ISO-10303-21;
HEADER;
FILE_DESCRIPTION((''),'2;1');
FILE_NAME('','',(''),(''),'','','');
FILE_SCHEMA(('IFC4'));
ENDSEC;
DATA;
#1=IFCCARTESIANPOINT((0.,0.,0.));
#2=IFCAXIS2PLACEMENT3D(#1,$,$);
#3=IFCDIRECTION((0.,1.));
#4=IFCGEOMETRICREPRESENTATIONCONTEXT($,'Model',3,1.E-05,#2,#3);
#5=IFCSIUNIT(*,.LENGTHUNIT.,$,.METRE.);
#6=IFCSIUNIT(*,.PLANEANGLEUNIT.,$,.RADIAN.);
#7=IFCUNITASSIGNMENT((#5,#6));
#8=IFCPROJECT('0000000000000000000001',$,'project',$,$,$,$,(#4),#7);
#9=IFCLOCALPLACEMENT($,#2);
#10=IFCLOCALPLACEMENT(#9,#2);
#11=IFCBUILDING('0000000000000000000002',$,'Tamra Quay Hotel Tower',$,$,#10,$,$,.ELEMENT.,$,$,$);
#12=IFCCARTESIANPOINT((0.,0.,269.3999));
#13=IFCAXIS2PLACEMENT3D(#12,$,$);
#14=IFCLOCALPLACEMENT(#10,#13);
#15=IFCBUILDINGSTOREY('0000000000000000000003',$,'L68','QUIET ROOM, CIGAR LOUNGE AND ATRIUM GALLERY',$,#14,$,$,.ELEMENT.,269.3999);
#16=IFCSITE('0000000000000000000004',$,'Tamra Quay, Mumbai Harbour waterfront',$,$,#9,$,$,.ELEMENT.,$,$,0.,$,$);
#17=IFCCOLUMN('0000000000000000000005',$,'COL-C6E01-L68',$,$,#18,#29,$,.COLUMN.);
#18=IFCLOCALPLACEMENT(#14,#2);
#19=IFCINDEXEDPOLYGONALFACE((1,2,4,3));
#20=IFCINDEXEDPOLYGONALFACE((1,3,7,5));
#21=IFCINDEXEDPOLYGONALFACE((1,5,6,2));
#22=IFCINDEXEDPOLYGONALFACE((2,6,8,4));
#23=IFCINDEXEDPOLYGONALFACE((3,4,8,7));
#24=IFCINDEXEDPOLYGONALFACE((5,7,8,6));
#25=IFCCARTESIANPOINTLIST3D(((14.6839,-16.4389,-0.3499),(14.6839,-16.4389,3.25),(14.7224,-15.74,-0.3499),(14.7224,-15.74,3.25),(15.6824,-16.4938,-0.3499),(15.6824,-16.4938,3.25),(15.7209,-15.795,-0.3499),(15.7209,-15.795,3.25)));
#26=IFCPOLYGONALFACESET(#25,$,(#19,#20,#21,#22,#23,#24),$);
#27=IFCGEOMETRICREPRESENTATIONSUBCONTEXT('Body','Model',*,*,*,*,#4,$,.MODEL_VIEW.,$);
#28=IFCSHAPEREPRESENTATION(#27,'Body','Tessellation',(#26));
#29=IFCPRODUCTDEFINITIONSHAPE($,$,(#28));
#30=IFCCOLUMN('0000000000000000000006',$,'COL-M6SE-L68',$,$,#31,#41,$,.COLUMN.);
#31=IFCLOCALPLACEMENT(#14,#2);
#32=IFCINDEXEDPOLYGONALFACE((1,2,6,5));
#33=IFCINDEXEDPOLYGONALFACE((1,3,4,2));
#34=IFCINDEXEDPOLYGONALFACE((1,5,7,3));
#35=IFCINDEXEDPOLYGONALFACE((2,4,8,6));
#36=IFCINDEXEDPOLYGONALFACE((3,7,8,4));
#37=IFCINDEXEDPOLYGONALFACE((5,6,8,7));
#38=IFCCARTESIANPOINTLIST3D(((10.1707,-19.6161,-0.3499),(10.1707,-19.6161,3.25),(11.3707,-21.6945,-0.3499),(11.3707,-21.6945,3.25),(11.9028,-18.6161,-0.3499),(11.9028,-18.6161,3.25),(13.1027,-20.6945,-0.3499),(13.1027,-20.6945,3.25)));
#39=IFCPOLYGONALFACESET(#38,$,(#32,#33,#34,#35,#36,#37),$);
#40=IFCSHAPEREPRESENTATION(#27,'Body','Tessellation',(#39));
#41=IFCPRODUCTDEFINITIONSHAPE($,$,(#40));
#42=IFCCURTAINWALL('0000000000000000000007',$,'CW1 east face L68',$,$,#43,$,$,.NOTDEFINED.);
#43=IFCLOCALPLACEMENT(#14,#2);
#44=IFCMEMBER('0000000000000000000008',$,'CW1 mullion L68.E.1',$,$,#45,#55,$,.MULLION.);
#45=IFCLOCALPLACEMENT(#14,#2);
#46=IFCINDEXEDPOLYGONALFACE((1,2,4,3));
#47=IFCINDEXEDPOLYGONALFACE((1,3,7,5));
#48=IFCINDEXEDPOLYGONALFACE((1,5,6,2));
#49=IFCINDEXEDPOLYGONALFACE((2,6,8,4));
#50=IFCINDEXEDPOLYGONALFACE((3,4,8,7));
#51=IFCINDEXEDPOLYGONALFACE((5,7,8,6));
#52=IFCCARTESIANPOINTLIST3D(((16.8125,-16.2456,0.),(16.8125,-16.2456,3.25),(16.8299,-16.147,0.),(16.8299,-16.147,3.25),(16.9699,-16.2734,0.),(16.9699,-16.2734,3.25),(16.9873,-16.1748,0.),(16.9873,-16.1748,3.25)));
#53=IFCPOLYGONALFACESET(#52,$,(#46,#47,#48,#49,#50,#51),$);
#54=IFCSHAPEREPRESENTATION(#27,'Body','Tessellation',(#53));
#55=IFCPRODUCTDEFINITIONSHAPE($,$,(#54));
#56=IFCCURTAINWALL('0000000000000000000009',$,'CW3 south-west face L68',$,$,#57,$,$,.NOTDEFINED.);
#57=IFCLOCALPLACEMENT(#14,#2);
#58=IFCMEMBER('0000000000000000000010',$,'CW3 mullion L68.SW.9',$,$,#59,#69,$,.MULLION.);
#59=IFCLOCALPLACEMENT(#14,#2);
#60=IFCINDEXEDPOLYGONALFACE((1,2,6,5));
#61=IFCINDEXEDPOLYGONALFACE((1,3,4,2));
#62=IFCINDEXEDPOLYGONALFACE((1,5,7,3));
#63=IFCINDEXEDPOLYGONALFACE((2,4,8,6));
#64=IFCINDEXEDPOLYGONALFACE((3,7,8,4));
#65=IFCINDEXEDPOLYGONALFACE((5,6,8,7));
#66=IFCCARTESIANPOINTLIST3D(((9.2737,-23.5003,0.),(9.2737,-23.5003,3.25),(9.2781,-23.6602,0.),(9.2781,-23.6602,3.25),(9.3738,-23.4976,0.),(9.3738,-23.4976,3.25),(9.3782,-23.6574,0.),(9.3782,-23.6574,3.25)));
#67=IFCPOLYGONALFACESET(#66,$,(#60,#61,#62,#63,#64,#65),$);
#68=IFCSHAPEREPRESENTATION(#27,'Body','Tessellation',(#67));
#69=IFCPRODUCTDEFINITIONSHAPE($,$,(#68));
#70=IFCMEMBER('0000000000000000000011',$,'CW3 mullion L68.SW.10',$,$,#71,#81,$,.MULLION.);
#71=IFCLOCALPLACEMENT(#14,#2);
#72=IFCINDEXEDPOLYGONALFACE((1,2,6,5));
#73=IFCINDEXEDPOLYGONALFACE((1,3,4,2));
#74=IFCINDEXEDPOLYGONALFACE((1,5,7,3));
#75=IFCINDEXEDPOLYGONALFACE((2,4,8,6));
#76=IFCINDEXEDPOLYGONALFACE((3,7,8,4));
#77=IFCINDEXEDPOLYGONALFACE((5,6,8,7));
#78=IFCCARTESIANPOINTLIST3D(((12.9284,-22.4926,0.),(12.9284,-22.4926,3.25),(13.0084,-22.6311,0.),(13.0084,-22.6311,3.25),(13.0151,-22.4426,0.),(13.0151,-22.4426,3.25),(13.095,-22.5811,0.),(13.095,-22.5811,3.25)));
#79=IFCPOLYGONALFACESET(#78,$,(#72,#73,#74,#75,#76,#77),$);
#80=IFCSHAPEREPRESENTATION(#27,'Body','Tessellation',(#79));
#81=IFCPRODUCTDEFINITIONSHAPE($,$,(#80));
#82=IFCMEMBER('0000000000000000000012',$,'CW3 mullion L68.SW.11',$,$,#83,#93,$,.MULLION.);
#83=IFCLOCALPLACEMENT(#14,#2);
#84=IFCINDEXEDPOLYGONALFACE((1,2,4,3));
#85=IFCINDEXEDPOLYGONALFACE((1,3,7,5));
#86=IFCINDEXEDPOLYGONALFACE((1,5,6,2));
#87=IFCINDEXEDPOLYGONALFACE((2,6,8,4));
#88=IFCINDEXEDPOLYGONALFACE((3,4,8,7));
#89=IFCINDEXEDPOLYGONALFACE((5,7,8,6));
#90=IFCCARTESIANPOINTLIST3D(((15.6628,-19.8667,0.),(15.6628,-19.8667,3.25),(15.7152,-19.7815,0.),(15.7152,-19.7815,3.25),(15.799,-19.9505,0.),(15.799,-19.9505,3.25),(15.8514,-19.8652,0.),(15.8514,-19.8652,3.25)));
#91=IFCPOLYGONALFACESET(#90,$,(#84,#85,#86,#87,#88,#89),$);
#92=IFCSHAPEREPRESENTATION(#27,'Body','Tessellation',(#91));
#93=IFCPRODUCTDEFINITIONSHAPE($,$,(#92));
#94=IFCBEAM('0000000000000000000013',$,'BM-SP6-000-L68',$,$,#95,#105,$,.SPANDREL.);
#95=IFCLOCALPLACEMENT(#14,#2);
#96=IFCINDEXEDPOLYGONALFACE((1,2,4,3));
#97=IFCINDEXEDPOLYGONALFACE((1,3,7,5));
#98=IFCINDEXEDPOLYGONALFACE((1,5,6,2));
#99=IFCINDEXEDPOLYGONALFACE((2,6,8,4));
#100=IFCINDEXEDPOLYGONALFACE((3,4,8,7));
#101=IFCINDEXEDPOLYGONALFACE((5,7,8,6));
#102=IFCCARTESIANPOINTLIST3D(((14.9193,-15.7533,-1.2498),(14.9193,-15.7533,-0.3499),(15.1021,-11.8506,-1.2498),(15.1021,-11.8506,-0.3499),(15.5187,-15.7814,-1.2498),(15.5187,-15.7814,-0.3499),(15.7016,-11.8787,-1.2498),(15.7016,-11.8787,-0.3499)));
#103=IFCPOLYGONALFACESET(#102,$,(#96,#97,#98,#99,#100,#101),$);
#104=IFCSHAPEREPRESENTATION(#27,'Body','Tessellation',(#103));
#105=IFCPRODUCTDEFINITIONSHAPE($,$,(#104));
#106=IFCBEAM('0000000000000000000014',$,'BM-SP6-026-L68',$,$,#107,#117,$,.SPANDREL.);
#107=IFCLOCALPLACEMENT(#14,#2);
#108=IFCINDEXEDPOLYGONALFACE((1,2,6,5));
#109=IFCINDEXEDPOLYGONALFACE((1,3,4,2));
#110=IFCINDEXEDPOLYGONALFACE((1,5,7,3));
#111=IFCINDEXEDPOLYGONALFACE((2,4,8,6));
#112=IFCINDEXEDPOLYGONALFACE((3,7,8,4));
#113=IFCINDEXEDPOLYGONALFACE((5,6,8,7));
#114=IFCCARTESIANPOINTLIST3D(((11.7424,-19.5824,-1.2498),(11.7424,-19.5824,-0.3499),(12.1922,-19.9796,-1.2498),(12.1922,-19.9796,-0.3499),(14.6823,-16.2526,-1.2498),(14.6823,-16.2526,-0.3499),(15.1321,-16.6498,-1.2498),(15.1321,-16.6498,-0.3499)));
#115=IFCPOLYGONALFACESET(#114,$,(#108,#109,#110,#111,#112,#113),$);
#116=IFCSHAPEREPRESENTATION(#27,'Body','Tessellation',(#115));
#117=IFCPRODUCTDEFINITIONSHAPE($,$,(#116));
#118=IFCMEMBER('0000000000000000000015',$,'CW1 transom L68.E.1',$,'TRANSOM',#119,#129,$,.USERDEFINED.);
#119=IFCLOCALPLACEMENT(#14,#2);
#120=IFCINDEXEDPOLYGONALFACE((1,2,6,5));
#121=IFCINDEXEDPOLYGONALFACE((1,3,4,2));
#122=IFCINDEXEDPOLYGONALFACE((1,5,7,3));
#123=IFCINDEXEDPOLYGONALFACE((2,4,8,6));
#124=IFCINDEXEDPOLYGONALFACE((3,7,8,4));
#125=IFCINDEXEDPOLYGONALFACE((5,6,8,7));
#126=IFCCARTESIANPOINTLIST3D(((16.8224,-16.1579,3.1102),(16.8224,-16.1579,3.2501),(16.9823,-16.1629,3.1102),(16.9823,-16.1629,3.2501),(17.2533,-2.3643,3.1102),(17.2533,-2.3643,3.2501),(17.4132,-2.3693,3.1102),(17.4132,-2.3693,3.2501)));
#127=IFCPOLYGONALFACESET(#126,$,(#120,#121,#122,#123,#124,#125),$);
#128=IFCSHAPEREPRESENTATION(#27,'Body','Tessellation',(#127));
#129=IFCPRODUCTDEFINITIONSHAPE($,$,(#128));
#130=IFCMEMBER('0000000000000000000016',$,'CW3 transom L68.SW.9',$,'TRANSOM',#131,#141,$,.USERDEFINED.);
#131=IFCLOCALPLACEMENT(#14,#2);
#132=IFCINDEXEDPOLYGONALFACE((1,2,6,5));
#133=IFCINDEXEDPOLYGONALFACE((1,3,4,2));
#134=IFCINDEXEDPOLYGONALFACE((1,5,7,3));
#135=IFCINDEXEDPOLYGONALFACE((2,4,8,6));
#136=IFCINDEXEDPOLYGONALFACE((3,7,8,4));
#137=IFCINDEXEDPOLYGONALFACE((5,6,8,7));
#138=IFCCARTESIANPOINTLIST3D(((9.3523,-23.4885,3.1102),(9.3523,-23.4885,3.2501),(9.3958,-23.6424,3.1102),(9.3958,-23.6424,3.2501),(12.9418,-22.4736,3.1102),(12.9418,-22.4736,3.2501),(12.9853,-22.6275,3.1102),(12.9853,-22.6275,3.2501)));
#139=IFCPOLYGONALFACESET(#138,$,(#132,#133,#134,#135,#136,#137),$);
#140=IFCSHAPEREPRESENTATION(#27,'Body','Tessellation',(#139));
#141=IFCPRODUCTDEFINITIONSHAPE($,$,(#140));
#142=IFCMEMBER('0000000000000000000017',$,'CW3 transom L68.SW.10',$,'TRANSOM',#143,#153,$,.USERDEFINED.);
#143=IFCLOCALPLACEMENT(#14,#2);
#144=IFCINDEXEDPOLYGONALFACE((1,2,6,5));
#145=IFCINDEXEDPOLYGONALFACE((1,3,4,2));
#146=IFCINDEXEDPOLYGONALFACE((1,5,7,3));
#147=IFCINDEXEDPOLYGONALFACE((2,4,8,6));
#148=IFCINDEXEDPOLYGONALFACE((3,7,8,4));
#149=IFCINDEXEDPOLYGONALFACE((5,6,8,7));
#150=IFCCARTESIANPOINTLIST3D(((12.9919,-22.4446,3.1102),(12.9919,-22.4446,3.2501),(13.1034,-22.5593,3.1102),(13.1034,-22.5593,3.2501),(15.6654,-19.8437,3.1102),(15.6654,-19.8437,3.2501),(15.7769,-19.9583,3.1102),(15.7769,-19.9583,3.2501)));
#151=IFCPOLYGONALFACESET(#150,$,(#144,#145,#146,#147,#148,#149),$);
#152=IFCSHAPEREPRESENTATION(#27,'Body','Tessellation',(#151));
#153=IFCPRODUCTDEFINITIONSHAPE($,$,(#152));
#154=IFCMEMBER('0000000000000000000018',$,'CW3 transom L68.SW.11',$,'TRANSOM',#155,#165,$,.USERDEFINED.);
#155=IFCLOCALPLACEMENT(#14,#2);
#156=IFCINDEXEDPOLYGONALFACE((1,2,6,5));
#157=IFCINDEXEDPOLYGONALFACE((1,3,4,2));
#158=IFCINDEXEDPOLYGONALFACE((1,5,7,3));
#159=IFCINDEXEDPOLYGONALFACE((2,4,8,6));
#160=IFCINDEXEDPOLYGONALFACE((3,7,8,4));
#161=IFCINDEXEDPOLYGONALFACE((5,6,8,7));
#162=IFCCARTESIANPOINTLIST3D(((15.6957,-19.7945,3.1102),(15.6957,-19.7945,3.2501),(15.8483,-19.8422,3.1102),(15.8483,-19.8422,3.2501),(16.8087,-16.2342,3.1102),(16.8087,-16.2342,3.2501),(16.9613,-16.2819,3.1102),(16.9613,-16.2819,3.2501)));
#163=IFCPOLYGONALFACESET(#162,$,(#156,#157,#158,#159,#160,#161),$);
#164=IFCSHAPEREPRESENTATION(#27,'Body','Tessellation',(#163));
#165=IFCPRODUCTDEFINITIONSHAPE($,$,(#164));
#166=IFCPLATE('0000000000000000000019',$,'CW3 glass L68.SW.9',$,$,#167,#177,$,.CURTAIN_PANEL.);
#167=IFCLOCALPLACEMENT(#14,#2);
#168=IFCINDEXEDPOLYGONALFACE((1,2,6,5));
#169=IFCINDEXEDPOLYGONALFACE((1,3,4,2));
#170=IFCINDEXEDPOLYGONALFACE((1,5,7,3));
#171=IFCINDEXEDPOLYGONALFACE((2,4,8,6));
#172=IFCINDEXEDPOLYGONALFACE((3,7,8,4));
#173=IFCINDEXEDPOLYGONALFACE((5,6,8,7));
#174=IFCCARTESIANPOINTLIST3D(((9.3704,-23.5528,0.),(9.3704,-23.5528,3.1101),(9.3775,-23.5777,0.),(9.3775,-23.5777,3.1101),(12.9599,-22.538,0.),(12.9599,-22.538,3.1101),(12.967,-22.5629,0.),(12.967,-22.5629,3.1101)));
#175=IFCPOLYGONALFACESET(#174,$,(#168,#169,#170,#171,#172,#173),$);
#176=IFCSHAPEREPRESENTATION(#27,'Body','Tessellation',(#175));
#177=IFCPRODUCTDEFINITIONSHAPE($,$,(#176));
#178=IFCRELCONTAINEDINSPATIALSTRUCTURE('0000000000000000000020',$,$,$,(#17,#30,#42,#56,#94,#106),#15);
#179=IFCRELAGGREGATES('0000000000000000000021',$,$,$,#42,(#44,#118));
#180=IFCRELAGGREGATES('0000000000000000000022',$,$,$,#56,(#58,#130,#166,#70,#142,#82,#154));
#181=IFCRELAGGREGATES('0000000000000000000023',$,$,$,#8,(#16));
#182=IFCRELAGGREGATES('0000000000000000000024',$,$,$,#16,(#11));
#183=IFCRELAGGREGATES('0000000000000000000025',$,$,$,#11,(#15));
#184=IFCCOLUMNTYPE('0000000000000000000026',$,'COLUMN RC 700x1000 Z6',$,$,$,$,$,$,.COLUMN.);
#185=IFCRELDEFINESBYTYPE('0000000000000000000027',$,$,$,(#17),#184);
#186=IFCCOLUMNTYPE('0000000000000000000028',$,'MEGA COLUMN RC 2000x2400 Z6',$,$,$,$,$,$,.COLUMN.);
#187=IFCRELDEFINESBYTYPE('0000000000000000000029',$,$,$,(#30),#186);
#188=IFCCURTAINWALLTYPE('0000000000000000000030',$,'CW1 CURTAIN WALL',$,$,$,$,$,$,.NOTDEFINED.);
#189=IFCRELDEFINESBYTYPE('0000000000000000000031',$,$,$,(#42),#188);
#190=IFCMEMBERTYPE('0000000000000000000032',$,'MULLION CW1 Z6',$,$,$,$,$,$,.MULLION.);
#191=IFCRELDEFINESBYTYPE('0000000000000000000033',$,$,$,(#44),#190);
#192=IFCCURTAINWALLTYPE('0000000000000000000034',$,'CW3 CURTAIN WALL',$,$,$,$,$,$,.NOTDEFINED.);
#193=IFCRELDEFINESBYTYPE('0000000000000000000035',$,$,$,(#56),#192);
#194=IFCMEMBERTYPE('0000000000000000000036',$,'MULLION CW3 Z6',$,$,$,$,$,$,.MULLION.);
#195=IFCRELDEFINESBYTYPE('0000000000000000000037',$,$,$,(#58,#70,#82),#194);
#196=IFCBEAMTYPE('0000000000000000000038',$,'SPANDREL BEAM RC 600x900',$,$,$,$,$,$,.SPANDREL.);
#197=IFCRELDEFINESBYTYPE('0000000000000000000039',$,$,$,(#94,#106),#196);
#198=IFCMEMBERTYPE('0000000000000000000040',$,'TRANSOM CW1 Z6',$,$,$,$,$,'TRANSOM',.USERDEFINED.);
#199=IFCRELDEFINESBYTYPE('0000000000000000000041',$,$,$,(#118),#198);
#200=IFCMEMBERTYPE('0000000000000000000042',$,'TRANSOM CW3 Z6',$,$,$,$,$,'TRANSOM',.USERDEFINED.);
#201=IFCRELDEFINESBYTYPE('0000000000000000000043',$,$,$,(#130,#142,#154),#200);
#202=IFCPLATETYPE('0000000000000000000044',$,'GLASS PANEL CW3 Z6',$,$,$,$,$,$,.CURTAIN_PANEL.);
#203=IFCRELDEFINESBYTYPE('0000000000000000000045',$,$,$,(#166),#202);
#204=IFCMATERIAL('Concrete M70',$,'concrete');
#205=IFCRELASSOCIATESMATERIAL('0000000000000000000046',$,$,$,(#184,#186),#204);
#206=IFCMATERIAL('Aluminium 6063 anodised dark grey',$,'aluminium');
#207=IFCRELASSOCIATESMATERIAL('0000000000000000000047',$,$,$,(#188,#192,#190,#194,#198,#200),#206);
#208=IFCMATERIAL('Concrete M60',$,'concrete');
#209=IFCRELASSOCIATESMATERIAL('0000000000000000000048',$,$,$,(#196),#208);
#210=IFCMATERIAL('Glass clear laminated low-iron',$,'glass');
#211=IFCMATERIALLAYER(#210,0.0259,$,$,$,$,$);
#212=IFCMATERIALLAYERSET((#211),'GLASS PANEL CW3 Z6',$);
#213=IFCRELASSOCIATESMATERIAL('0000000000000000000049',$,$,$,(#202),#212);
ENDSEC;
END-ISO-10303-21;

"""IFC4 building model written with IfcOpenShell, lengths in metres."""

from ifc_helpers import new_model, si_unit, direction, frame, origin, origin_2d, place, context, subcontext, project, spatial, rectangle, extrude, material, layer, layer_set, material_profile, profile_set, type_object, element, aggregate, save


model = new_model("IFC4")

# Units and contexts
model_context = context("Model", 3, precision=1e-05, world=origin(), true_north=direction((0.0, 1.0)))
body_context = subcontext(model_context, "Body", "Model", "MODEL_VIEW")
ifc_project = project(units=[si_unit("LENGTHUNIT", "METRE"), si_unit("PLANEANGLEUNIT", "RADIAN")], contexts=[model_context])

# Site, building, storey
site_placement = place(None, origin())
site = spatial("IfcSite", under=ifc_project, at=site_placement, Name="Tamra Quay, Mumbai Harbour waterfront", CompositionType="ELEMENT", RefElevation=0.0)
building_placement = place(site_placement, origin())
building = spatial("IfcBuilding", under=site, at=building_placement, Name="Tamra Quay Hotel Tower", CompositionType="ELEMENT")
storey_placement = place(building_placement, frame((0.0, 0.0, 269.3999)))
storey = spatial("IfcBuildingStorey", under=building, at=storey_placement, Name="L68", Description="QUIET ROOM, CIGAR LOUNGE AND ATRIUM GALLERY", CompositionType="ELEMENT", Elevation=269.3999)

# Columns
ifc_material_1 = material(Name="Concrete M70", Category="concrete")
ifc_material_profile_1 = material_profile(ifc_material_1, rectangle(XDim=1.0, YDim=0.7, at=origin_2d()), Name="COLUMN RC 700x1000 Z6")
ifc_profile_set_1 = profile_set([ifc_material_profile_1], Name="Concrete M70")
column_type_1 = type_object("IfcColumnType", Name="COLUMN RC 700x1000 Z6", PredefinedType="COLUMN", material=ifc_profile_set_1)
column_1_placement = place(storey_placement, frame((15.2024, -16.1169, -0.3499), z_axis=(0.0, 0.0, 1.0), x_axis=(-0.998491, 0.054917, 0.0)))
element("IfcColumn", 1, at=column_1_placement, inside=storey, type_object=column_type_1, Name="COL-C6E01-L68", PredefinedType="COLUMN", context=body_context, shape_type="SweptSolid", body=[
    extrude(rectangle(XDim=1.0, YDim=0.7, at=origin_2d()), origin(), (0.0, 0.0, 1.0), 3.5999),
])
ifc_material_profile_2 = material_profile(ifc_material_1, rectangle(XDim=2.3999, YDim=2.0, at=origin_2d()), Name="MEGA COLUMN RC 2000x2400 Z6")
ifc_profile_set_2 = profile_set([ifc_material_profile_2], Name="Concrete M70")
column_type_2 = type_object("IfcColumnType", Name="MEGA COLUMN RC 2000x2400 Z6", PredefinedType="COLUMN", material=ifc_profile_set_2)
column_2_placement = place(storey_placement, frame((11.6367, -20.1553, -0.3499), z_axis=(0.0, 0.0, 1.0), x_axis=(-0.5, 0.866025, 0.0)))
element("IfcColumn", 2, at=column_2_placement, inside=storey, type_object=column_type_2, Name="COL-M6SE-L68", PredefinedType="COLUMN", context=body_context, shape_type="SweptSolid", body=[
    extrude(rectangle(XDim=2.3999, YDim=2.0, at=origin_2d()), origin(), (0.0, 0.0, 1.0), 3.5999),
])

# Curtain wall, member
ifc_material_2 = material(Name="Aluminium 6063 anodised dark grey", Category="aluminium")
curtain_wall_type_1 = type_object("IfcCurtainWallType", Name="CW1 CURTAIN WALL", PredefinedType="NOTDEFINED", material=ifc_material_2)
curtain_wall_1_placement = place(storey_placement, origin())
curtain_wall_1 = element("IfcCurtainWall", 3, at=curtain_wall_1_placement, inside=storey, type_object=curtain_wall_type_1, Name="CW1 east face L68", PredefinedType="NOTDEFINED")
ifc_material_profile_3 = material_profile(ifc_material_2, rectangle(XDim=0.1599, YDim=0.1001, at=origin_2d()), Name="MULLION 100X160")
ifc_profile_set_3 = profile_set([ifc_material_profile_3], Name="Aluminium 6063 anodised dark grey")
member_type_1 = type_object("IfcMemberType", Name="MULLION CW1 Z6", PredefinedType="MULLION", material=ifc_profile_set_3)
member_1_placement = place(storey_placement, frame((16.8999, -16.2102, 0.0), z_axis=(0.0, 0.0, 1.0), x_axis=(0.98474, -0.174032, 0.0)))
member_1 = element("IfcMember", 4, at=member_1_placement, type_object=member_type_1, Name="CW1 mullion L68.E.1", PredefinedType="MULLION", context=body_context, shape_type="SweptSolid", body=[
    extrude(rectangle(XDim=0.1599, YDim=0.1001, at=origin_2d()), origin(), (0.0, 0.0, 1.0), 3.25),
])

# Curtain wall, members
curtain_wall_type_2 = type_object("IfcCurtainWallType", Name="CW3 CURTAIN WALL", PredefinedType="NOTDEFINED", material=ifc_material_2)
curtain_wall_2_placement = place(storey_placement, origin())
curtain_wall_2 = element("IfcCurtainWall", 5, at=curtain_wall_2_placement, inside=storey, type_object=curtain_wall_type_2, Name="CW3 south-west face L68", PredefinedType="NOTDEFINED")
ifc_material_profile_4 = material_profile(ifc_material_2, rectangle(XDim=0.1599, YDim=0.1001, at=origin_2d()), Name="MULLION 100X160")
ifc_profile_set_4 = profile_set([ifc_material_profile_4], Name="Aluminium 6063 anodised dark grey")
member_type_2 = type_object("IfcMemberType", Name="MULLION CW3 Z6", PredefinedType="MULLION", material=ifc_profile_set_4)
member_2_placement = place(storey_placement, frame((9.3259, -23.5789, 0.0), z_axis=(0.0, 0.0, 1.0), x_axis=(0.027469, -0.999623, 0.0)))
member_2 = element("IfcMember", 6, at=member_2_placement, type_object=member_type_2, Name="CW3 mullion L68.SW.9", PredefinedType="MULLION", context=body_context, shape_type="SweptSolid", body=[
    extrude(rectangle(XDim=0.1599, YDim=0.1001, at=origin_2d()), origin(), (0.0, 0.0, 1.0), 3.25),
])
member_3_placement = place(storey_placement, frame((13.0117, -22.5369, 0.0), z_axis=(0.0, 0.0, 1.0), x_axis=(0.5, -0.866025, 0.0)))
member_3 = element("IfcMember", 7, at=member_3_placement, type_object=member_type_2, Name="CW3 mullion L68.SW.10", PredefinedType="MULLION", context=body_context, shape_type="SweptSolid", body=[
    extrude(rectangle(XDim=0.1599, YDim=0.1001, at=origin_2d()), origin(), (0.0, 0.0, 1.0), 3.25),
])
member_4_placement = place(storey_placement, frame((15.7571, -19.866, 0.0), z_axis=(0.0, 0.0, 1.0), x_axis=(0.851964, -0.5236, 0.0)))
member_4 = element("IfcMember", 8, at=member_4_placement, type_object=member_type_2, Name="CW3 mullion L68.SW.11", PredefinedType="MULLION", context=body_context, shape_type="SweptSolid", body=[
    extrude(rectangle(XDim=0.1599, YDim=0.1001, at=origin_2d()), origin(), (0.0, 0.0, 1.0), 3.25),
])

# Beams
ifc_material_3 = material(Name="Concrete M60", Category="concrete")
ifc_material_profile_5 = material_profile(ifc_material_3, rectangle(XDim=0.6001, YDim=0.8999, at=origin_2d()), Name="SPANDREL BEAM RC 600x900")
ifc_profile_set_5 = profile_set([ifc_material_profile_5], Name="Concrete M60")
beam_type = type_object("IfcBeamType", Name="SPANDREL BEAM RC 600x900", PredefinedType="SPANDREL", material=ifc_profile_set_5)
beam_1_placement = place(storey_placement, frame((15.219, -15.7673, -0.7998), z_axis=(0.046805, 0.998904, 0.0), x_axis=(-0.998904, 0.046805, 0.0)))
element("IfcBeam", 9, at=beam_1_placement, inside=storey, type_object=beam_type, Name="BM-SP6-000-L68", PredefinedType="SPANDREL", context=body_context, shape_type="SweptSolid", body=[
    extrude(rectangle(XDim=0.6001, YDim=0.8999, at=origin_2d()), origin(), (0.0, 0.0, 1.0), 3.907),
])
beam_2_placement = place(storey_placement, frame((11.9673, -19.781, -0.7998), z_axis=(0.661856, 0.749631, 0.0), x_axis=(-0.749631, 0.661856, 0.0)))
element("IfcBeam", 10, at=beam_2_placement, inside=storey, type_object=beam_type, Name="BM-SP6-026-L68", PredefinedType="SPANDREL", context=body_context, shape_type="SweptSolid", body=[
    extrude(rectangle(XDim=0.6001, YDim=0.8999, at=origin_2d()), origin(), (0.0, 0.0, 1.0), 4.4419),
])

# Members
ifc_material_profile_6 = material_profile(ifc_material_2, rectangle(XDim=0.1599, YDim=0.1399, at=origin_2d()), Name="TRANSOM 160X140")
ifc_profile_set_6 = profile_set([ifc_material_profile_6], Name="Aluminium 6063 anodised dark grey")
member_type_3 = type_object("IfcMemberType", Name="TRANSOM CW1 Z6", ElementType="TRANSOM", PredefinedType="USERDEFINED", material=ifc_profile_set_6)
member_5_placement = place(storey_placement, frame((16.9023, -16.1604, 3.1802), z_axis=(0.031225, 0.999512, 0.0), x_axis=(-0.999512, 0.031225, 0.0)))
member_5 = element("IfcMember", 11, at=member_5_placement, type_object=member_type_3, Name="CW1 transom L68.E.1", ObjectType="TRANSOM", PredefinedType="USERDEFINED", context=body_context, shape_type="SweptSolid", body=[
    extrude(rectangle(XDim=0.1599, YDim=0.1399, at=origin_2d()), origin(), (0.0, 0.0, 1.0), 13.8003),
])
aggregate(curtain_wall_1, [member_1, member_5])
ifc_material_profile_7 = material_profile(ifc_material_2, rectangle(XDim=0.1599, YDim=0.1399, at=origin_2d()), Name="TRANSOM 160X140")
ifc_profile_set_7 = profile_set([ifc_material_profile_7], Name="Aluminium 6063 anodised dark grey")
member_type_4 = type_object("IfcMemberType", Name="TRANSOM CW3 Z6", ElementType="TRANSOM", PredefinedType="USERDEFINED", material=ifc_profile_set_7)
member_6_placement = place(storey_placement, frame((9.374, -23.5654, 3.1802), z_axis=(0.962278, 0.272066, 0.0), x_axis=(-0.272066, 0.962278, 0.0)))
member_6 = element("IfcMember", 12, at=member_6_placement, type_object=member_type_4, Name="CW3 transom L68.SW.9", ObjectType="TRANSOM", PredefinedType="USERDEFINED", context=body_context, shape_type="SweptSolid", body=[
    extrude(rectangle(XDim=0.1599, YDim=0.1399, at=origin_2d()), origin(), (0.0, 0.0, 1.0), 3.7302),
])
member_7_placement = place(storey_placement, frame((13.0476, -22.502, 3.1802), z_axis=(0.71676, 0.69732, 0.0), x_axis=(-0.69732, 0.71676, 0.0)))
member_7 = element("IfcMember", 13, at=member_7_placement, type_object=member_type_4, Name="CW3 transom L68.SW.10", ObjectType="TRANSOM", PredefinedType="USERDEFINED", context=body_context, shape_type="SweptSolid", body=[
    extrude(rectangle(XDim=0.1599, YDim=0.1399, at=origin_2d()), origin(), (0.0, 0.0, 1.0), 3.73),
])
member_8_placement = place(storey_placement, frame((15.772, -19.8184, 3.1802), z_axis=(0.298383, 0.954446, 0.0), x_axis=(-0.954446, 0.298383, 0.0)))
member_8 = element("IfcMember", 14, at=member_8_placement, type_object=member_type_4, Name="CW3 transom L68.SW.11", ObjectType="TRANSOM", PredefinedType="USERDEFINED", context=body_context, shape_type="SweptSolid", body=[
    extrude(rectangle(XDim=0.1599, YDim=0.1399, at=origin_2d()), origin(), (0.0, 0.0, 1.0), 3.7302),
])

# Plate
ifc_material_4 = material(Name="Glass clear laminated low-iron", Category="glass")
ifc_layer_1 = layer(ifc_material_4, 0.0259)
ifc_layer_set_1 = layer_set([ifc_layer_1], Name="GLASS PANEL CW3 Z6")
plate_type = type_object("IfcPlateType", Name="GLASS PANEL CW3 Z6", PredefinedType="CURTAIN_PANEL", material=ifc_layer_set_1)
plate_1_placement = place(storey_placement, frame((11.1687, -23.0579, 0.0), z_axis=(0.0, 0.0, 1.0), x_axis=(0.96228, 0.272062, 0.0)))
plate_1 = element("IfcPlate", 15, at=plate_1_placement, type_object=plate_type, Name="CW3 glass L68.SW.9", PredefinedType="CURTAIN_PANEL", context=body_context, shape_type="SweptSolid", body=[
    extrude(rectangle(XDim=3.7302, YDim=0.0259, at=origin_2d()), origin(), (0.0, 0.0, 1.0), 3.1101),
])
aggregate(curtain_wall_2, [member_2, member_6, plate_1, member_3, member_7, member_4, member_8])

save(model, "model.ifc")
